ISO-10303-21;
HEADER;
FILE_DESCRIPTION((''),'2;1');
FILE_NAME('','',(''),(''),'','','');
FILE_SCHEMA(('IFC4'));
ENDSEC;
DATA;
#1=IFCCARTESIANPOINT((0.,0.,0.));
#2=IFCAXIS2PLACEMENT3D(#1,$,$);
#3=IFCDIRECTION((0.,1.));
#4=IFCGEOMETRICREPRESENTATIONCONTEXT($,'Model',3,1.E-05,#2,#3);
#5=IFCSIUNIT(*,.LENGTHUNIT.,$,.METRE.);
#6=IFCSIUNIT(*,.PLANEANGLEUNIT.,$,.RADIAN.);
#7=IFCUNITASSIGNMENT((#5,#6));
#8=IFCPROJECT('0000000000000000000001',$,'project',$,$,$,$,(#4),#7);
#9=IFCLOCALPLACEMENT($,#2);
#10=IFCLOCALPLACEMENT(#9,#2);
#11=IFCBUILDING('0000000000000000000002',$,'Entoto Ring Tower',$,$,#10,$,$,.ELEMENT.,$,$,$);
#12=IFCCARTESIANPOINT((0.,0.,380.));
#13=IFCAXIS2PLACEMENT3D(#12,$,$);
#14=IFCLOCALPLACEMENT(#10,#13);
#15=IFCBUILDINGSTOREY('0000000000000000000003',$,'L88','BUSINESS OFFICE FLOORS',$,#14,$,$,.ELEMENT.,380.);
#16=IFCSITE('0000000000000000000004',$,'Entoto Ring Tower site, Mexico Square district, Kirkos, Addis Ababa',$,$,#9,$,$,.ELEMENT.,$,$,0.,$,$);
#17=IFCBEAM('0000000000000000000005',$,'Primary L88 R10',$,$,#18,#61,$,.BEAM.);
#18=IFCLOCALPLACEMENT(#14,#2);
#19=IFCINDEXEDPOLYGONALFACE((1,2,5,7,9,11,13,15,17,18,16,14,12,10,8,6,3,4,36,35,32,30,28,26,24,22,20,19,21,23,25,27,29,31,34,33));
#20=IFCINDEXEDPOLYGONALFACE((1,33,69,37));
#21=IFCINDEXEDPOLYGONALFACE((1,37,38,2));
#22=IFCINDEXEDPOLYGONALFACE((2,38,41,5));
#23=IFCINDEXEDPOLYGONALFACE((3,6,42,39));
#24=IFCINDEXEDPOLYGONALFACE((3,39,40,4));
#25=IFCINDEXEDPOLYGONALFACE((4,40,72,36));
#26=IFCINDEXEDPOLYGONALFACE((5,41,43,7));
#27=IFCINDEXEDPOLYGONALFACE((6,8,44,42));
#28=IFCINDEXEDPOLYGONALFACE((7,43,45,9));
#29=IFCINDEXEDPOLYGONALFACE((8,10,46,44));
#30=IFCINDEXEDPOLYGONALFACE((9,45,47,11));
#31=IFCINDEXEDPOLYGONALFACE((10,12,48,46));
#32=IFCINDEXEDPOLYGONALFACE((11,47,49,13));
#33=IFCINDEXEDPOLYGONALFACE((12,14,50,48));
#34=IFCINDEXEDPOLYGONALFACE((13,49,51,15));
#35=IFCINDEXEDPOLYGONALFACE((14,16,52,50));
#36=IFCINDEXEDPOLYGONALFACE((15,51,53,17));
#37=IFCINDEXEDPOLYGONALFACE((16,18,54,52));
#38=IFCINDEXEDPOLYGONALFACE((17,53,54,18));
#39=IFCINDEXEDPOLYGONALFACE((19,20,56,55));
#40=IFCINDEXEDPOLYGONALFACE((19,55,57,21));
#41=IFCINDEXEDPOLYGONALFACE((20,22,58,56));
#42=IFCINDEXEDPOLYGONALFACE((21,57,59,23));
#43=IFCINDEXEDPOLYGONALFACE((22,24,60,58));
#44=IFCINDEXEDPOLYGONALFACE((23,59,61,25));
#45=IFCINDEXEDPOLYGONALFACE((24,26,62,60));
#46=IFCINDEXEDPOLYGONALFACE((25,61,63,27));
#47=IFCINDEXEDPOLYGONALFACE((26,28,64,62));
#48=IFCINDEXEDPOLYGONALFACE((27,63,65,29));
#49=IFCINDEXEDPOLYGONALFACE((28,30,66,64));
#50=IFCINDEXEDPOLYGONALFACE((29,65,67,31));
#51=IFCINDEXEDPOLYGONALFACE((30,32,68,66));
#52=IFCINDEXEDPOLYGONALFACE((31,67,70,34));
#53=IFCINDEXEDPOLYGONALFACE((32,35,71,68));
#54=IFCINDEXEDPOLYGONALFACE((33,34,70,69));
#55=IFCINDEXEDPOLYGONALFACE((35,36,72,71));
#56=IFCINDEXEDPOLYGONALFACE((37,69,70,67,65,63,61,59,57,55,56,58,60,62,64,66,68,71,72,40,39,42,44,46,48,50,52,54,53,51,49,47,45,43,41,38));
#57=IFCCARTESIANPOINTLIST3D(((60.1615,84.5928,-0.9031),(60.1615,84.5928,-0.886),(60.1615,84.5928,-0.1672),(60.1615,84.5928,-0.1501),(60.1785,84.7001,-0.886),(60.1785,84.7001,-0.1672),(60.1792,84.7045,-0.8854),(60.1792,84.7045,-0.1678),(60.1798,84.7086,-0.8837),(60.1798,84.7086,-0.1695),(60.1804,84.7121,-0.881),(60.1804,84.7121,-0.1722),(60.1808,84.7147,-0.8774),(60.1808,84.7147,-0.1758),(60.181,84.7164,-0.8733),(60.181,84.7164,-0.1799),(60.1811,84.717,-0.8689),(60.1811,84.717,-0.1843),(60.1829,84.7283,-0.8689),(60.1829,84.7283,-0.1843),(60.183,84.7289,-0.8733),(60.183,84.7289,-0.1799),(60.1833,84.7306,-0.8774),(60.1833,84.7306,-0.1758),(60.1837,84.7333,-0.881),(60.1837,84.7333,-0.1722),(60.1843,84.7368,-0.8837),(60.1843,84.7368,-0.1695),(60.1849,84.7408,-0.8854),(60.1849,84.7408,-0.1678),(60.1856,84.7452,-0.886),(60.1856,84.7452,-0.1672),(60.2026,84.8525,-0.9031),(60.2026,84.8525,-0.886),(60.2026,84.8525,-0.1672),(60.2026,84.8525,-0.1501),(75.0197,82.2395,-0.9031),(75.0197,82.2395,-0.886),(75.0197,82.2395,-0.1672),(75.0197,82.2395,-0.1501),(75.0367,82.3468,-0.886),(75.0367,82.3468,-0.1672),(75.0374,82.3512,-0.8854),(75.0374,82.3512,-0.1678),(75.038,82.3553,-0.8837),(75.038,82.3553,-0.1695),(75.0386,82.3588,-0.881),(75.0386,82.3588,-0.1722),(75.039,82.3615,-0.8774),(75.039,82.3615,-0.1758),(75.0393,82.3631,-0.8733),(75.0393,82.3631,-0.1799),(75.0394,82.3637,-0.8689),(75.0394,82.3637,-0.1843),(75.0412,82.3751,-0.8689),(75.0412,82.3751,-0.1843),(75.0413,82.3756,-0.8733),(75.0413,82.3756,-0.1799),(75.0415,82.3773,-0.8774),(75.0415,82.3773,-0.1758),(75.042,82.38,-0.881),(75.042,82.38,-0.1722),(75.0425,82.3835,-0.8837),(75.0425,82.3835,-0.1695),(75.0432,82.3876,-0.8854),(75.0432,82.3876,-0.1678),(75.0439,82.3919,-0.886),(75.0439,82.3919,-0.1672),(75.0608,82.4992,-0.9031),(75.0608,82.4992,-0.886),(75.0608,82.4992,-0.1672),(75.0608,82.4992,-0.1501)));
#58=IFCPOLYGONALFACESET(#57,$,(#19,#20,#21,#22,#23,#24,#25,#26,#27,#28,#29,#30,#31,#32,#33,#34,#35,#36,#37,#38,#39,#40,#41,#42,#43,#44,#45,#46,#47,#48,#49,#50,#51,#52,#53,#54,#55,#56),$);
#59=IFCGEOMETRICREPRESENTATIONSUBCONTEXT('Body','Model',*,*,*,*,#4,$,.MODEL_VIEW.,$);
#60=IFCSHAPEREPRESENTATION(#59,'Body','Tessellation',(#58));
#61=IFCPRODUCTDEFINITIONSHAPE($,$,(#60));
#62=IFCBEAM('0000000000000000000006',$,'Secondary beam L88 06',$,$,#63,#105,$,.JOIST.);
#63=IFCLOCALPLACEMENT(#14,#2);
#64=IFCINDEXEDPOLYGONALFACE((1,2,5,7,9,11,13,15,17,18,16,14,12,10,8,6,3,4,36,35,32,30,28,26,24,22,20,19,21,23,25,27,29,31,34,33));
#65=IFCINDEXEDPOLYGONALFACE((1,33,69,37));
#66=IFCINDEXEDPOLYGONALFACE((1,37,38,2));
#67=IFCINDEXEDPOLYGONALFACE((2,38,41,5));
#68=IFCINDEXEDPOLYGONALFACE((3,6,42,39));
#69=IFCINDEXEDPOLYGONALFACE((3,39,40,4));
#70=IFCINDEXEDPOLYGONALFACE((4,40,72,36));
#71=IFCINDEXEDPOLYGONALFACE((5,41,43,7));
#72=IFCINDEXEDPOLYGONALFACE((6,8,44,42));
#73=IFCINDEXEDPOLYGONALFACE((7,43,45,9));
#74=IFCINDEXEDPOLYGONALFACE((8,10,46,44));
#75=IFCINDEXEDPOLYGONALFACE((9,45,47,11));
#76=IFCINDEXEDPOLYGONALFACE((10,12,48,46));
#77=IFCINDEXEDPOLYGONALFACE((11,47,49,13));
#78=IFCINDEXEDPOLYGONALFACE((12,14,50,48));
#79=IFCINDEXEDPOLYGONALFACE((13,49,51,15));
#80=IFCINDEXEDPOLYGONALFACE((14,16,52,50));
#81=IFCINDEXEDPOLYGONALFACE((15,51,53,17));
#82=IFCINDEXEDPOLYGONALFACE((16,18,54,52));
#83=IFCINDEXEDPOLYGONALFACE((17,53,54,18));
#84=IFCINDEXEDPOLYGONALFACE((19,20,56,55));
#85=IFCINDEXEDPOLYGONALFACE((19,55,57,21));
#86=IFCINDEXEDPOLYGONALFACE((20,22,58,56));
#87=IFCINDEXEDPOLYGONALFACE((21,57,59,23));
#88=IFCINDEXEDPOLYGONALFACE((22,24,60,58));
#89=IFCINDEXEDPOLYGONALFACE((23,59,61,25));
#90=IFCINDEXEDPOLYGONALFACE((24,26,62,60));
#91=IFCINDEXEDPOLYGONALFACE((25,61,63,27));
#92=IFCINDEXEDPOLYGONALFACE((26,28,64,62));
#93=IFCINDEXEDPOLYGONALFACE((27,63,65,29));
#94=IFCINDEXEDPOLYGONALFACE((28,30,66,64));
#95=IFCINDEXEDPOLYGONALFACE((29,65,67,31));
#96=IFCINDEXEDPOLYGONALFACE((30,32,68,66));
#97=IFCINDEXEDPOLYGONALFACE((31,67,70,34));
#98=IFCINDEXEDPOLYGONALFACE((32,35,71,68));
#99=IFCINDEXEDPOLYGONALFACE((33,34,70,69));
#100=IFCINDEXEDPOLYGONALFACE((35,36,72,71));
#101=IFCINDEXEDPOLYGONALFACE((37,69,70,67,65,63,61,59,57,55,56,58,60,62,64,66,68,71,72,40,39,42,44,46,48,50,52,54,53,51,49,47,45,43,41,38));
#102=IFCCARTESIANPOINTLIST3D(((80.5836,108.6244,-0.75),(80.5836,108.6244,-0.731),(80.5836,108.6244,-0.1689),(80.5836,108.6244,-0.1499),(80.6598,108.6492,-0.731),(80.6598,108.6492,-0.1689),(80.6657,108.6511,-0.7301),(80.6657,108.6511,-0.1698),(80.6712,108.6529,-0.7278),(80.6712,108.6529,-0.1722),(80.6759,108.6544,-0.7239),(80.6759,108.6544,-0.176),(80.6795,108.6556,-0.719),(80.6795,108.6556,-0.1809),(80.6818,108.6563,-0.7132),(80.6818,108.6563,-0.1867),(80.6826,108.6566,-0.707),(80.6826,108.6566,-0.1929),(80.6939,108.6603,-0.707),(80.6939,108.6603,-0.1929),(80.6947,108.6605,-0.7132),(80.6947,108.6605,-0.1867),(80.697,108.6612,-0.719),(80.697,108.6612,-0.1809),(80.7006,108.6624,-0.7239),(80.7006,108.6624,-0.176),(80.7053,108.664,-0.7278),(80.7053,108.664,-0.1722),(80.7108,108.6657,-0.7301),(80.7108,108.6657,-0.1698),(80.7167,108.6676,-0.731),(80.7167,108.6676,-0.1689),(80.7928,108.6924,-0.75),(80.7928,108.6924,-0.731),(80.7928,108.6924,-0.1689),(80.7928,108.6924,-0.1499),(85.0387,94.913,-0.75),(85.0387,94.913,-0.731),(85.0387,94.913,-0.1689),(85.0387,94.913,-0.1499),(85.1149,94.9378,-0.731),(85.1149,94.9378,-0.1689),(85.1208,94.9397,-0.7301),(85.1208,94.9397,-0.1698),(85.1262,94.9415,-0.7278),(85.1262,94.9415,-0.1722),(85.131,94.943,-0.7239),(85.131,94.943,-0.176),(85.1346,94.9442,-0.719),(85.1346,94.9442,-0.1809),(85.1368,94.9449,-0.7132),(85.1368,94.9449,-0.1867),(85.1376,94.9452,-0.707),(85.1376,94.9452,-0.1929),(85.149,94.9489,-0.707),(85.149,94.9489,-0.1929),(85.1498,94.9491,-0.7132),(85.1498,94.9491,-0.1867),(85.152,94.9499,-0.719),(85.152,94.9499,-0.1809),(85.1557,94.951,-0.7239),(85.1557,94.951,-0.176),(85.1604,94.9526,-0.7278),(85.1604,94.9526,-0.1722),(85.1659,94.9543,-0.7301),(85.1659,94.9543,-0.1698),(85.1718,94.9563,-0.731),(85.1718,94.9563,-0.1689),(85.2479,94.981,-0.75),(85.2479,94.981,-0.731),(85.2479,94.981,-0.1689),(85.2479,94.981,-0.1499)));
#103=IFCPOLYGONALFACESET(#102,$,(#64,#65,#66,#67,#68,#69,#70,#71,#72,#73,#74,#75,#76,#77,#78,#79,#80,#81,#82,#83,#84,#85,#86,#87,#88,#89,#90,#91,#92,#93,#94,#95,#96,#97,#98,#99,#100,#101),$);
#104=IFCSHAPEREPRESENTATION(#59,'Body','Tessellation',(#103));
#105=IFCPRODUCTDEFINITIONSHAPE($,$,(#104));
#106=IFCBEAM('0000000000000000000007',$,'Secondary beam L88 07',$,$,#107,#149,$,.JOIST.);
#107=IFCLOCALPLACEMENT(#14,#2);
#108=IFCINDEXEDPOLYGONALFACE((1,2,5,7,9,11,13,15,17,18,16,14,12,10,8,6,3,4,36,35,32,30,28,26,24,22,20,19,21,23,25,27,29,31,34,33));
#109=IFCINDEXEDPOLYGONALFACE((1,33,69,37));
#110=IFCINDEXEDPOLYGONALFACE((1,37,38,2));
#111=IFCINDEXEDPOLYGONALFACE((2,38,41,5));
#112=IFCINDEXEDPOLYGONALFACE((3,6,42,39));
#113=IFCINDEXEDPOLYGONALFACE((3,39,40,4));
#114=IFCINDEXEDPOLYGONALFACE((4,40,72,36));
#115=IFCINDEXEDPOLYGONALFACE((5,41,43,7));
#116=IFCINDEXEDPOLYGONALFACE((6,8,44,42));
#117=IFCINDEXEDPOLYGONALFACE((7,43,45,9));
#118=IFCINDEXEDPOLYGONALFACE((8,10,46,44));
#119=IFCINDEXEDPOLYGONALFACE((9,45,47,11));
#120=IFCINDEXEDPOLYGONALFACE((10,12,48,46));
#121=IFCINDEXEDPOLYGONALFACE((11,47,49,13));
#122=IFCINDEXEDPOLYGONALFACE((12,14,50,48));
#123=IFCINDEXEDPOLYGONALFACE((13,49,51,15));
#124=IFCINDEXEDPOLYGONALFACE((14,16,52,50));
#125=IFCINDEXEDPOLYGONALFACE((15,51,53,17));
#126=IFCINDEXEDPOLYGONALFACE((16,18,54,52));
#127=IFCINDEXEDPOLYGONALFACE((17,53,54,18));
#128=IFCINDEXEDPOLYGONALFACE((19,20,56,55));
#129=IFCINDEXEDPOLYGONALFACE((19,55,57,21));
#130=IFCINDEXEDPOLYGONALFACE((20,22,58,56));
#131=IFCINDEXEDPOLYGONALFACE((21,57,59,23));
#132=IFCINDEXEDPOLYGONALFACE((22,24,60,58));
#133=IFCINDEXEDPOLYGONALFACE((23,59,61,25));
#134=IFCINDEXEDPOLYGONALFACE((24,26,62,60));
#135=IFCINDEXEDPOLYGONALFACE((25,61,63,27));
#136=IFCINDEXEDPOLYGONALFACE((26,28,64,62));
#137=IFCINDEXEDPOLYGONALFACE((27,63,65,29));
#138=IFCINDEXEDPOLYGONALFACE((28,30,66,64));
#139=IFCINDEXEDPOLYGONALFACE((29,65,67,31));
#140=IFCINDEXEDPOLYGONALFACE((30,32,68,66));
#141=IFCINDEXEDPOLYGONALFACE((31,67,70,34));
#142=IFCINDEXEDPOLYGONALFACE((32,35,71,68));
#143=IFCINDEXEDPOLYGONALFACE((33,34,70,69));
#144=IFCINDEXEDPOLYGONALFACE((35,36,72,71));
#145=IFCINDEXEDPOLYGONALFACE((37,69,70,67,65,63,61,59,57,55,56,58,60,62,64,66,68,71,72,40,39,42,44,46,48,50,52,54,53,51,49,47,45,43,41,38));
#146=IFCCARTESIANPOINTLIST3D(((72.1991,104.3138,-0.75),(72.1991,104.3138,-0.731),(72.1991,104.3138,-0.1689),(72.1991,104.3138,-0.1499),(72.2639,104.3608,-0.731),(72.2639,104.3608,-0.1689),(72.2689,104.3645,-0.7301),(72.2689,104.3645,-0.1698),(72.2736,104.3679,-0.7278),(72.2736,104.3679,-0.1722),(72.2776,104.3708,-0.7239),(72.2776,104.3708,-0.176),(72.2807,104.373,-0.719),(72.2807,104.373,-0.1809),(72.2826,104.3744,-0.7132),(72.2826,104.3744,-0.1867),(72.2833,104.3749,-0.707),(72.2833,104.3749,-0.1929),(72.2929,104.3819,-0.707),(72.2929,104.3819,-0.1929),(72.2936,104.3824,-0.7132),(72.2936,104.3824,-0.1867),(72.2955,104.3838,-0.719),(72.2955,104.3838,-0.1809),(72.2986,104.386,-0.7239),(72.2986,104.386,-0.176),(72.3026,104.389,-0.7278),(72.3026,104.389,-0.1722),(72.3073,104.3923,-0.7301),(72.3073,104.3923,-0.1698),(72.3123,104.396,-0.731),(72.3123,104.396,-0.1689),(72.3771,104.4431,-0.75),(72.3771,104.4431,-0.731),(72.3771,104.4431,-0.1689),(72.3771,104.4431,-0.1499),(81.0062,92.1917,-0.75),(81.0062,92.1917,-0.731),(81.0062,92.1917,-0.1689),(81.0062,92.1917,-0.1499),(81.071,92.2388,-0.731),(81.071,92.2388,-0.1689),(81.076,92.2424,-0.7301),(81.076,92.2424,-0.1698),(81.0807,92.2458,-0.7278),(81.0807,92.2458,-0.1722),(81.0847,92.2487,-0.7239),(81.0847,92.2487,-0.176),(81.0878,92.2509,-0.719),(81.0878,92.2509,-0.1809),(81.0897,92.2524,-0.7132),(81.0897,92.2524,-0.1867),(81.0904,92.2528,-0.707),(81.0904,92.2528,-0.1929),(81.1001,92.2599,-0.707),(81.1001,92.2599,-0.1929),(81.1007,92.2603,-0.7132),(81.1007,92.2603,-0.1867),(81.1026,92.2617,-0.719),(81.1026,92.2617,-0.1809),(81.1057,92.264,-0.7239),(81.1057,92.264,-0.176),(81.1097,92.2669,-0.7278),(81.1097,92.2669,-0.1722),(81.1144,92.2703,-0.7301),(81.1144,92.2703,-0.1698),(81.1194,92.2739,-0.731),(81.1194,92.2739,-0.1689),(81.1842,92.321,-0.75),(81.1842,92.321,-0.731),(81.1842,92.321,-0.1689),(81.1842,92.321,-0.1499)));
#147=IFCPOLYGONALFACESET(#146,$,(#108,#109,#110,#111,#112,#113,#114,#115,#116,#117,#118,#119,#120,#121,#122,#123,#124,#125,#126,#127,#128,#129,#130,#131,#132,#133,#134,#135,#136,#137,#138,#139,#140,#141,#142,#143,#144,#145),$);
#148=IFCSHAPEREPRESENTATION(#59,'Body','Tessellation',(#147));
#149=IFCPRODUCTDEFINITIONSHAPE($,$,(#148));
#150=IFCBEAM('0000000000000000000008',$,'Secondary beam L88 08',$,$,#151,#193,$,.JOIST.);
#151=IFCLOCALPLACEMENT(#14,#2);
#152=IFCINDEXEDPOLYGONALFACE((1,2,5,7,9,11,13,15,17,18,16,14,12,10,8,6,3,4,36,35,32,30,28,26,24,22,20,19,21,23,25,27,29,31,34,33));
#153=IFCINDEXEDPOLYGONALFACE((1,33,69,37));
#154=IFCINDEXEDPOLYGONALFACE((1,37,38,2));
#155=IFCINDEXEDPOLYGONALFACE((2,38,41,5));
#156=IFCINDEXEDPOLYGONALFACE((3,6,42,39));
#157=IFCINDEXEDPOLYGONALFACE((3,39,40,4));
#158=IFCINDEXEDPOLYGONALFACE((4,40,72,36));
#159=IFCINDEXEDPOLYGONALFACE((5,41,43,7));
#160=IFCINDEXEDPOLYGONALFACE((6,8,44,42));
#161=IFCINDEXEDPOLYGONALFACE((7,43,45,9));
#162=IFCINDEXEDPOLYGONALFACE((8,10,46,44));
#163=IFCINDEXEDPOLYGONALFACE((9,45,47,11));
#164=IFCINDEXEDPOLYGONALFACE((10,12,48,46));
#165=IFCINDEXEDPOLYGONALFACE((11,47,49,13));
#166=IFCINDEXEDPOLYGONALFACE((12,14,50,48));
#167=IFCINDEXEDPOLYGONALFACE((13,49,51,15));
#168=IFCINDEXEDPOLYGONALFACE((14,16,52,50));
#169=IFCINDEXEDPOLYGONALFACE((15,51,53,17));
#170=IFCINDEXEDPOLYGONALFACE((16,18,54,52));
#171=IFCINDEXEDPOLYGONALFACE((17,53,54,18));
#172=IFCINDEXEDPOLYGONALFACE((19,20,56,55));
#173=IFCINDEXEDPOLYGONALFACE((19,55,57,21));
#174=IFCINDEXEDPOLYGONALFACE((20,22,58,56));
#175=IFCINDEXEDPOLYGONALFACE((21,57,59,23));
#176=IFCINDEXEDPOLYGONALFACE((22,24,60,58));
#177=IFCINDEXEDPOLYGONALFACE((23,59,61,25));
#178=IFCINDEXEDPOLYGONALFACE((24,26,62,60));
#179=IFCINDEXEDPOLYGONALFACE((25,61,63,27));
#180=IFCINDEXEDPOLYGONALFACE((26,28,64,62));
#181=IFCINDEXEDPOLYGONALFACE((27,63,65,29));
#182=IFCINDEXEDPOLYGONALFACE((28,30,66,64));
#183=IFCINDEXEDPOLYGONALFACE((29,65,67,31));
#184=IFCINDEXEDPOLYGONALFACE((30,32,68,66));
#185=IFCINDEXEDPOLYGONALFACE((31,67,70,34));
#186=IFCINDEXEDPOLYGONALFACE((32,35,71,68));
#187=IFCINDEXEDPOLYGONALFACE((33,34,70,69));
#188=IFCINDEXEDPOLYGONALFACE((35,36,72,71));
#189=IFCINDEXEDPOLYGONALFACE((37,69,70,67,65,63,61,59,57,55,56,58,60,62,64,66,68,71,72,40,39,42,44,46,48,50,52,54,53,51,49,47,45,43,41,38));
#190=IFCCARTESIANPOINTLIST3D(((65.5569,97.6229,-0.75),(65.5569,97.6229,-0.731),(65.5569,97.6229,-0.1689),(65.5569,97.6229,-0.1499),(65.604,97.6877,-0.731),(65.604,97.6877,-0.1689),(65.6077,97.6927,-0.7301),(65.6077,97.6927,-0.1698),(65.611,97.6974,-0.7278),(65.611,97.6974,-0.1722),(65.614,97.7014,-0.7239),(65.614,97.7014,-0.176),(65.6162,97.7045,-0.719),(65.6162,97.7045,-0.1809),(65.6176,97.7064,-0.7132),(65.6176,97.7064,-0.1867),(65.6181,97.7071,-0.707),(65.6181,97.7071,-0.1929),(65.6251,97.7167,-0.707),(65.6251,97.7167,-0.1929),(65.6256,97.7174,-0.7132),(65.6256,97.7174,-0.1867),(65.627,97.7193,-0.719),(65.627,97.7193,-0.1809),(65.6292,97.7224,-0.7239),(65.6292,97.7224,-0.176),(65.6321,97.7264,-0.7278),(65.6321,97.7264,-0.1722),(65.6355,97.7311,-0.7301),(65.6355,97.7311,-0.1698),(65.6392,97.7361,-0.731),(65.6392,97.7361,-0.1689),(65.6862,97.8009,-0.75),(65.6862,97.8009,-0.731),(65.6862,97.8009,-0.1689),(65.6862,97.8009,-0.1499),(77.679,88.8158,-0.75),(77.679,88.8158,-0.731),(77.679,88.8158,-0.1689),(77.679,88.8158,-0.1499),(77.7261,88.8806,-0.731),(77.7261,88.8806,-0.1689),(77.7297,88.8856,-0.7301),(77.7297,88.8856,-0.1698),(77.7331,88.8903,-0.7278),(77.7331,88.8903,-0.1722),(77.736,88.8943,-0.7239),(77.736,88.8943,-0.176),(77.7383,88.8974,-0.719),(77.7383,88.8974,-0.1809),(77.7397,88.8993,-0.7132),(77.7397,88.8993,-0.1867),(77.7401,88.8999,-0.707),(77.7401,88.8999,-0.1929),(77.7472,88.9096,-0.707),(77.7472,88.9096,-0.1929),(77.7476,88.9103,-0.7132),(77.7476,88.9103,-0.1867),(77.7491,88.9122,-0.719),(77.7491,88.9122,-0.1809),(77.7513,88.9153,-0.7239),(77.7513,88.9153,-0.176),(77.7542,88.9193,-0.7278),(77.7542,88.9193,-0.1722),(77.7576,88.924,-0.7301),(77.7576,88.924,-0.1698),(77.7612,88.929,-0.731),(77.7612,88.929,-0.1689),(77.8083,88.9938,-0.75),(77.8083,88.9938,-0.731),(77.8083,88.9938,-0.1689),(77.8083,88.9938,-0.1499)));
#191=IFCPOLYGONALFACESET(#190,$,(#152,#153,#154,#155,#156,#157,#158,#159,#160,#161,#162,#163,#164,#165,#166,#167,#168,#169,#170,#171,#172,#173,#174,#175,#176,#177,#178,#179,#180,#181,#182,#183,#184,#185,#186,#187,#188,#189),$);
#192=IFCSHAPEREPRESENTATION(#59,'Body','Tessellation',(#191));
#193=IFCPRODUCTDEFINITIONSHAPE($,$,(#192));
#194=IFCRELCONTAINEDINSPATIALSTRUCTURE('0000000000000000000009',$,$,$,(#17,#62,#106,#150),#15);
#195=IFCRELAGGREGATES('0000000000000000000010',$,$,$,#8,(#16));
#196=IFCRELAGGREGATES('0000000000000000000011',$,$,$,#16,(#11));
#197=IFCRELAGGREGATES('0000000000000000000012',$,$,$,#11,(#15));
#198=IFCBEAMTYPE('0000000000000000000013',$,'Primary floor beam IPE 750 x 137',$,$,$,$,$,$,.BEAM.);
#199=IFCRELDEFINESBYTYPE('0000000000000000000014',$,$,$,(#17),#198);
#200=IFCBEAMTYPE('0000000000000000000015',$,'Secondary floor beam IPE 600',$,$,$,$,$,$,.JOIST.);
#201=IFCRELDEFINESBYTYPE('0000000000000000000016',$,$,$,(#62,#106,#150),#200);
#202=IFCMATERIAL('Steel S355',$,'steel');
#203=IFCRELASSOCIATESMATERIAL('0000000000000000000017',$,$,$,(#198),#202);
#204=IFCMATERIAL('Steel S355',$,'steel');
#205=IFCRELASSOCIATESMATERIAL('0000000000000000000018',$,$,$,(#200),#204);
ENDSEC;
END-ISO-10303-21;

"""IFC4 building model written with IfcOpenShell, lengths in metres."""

from ifc_helpers import new_model, si_unit, direction, frame, origin, origin_2d, place, context, subcontext, project, spatial, i_section, extrude, material, material_profile, profile_set, type_object, element, save


model = new_model("IFC4")

# Units and contexts
model_context = context("Model", 3, precision=1e-05, world=origin(), true_north=direction((0.0, 1.0)))
body_context = subcontext(model_context, "Body", "Model", "MODEL_VIEW")
ifc_project = project(units=[si_unit("LENGTHUNIT", "METRE"), si_unit("PLANEANGLEUNIT", "RADIAN")], contexts=[model_context])

# Site, building, storey
site_placement = place(None, origin())
site = spatial("IfcSite", under=ifc_project, at=site_placement, Name="Entoto Ring Tower site, Mexico Square district, Kirkos, Addis Ababa", CompositionType="ELEMENT", RefElevation=0.0)
building_placement = place(site_placement, origin())
building = spatial("IfcBuilding", under=site, at=building_placement, Name="Entoto Ring Tower", CompositionType="ELEMENT")
storey_placement = place(building_placement, frame((0.0, 0.0, 380.0)))
storey = spatial("IfcBuildingStorey", under=building, at=storey_placement, Name="L88", Description="BUSINESS OFFICE FLOORS", CompositionType="ELEMENT", Elevation=380.0)

# Beams
ifc_material_1 = material(Name="Steel S355", Category="steel")
ifc_material_profile_1 = material_profile(ifc_material_1, i_section(OverallWidth=0.2629, OverallDepth=0.7529, WebThickness=0.0115, FlangeThickness=0.0171, FilletRadius=0.0171, at=origin_2d()), Name="IPE 750 x 137")
ifc_profile_set_1 = profile_set([ifc_material_profile_1], Name="Steel S355")
beam_type_1 = type_object("IfcBeamType", Name="Primary floor beam IPE 750 x 137", PredefinedType="BEAM", material=ifc_profile_set_1)
beam_1_placement = place(storey_placement, frame((75.0403, 82.3694, -0.5266), z_axis=(-0.987689, 0.156433, 0.0), x_axis=(-0.156433, -0.987689, 0.0)))
element("IfcBeam", 1, at=beam_1_placement, inside=storey, type_object=beam_type_1, Name="Primary L88 R10", PredefinedType="BEAM", context=body_context, shape_type="SweptSolid", body=[
    extrude(i_section(OverallWidth=0.2629, OverallDepth=0.7529, WebThickness=0.0115, FlangeThickness=0.0171, FilletRadius=0.0171, at=origin_2d()), origin(), (0.0, 0.0, 1.0), 15.0435),
])
ifc_material_2 = material(Name="Steel S355", Category="steel")
ifc_material_profile_2 = material_profile(ifc_material_2, i_section(OverallWidth=0.22, OverallDepth=0.6001, WebThickness=0.012, FlangeThickness=0.019, FilletRadius=0.0239, at=origin_2d()), Name="IPE 600")
ifc_profile_set_2 = profile_set([ifc_material_profile_2], Name="Steel S355")
beam_type_2 = type_object("IfcBeamType", Name="Secondary floor beam IPE 600", PredefinedType="JOIST", material=ifc_profile_set_2)
beam_2_placement = place(storey_placement, frame((85.1433, 94.947, -0.45), z_axis=(-0.309015, 0.951057, 0.0), x_axis=(-0.951057, -0.309015, 0.0)))
element("IfcBeam", 2, at=beam_2_placement, inside=storey, type_object=beam_type_2, Name="Secondary beam L88 06", PredefinedType="JOIST", context=body_context, shape_type="SweptSolid", body=[
    extrude(i_section(OverallWidth=0.22, OverallDepth=0.6001, WebThickness=0.012, FlangeThickness=0.019, FilletRadius=0.0239, at=origin_2d()), origin(), (0.0, 0.0, 1.0), 14.417),
])
for number, where, z_axis, x_axis, name in (
    (3, (81.0952, 92.2563, -0.45), (-0.587782, 0.809019, 0.0), (-0.809019, -0.587782, 0.0), "Secondary beam L88 07"),
    (4, (77.7437, 88.9048, -0.45), (-0.809019, 0.587782, 0.0), (-0.587782, -0.809019, 0.0), "Secondary beam L88 08"),
):
    element("IfcBeam", number, at=place(storey_placement, frame(where, z_axis=z_axis, x_axis=x_axis)), inside=storey, type_object=beam_type_2, Name=name, PredefinedType="JOIST", context=body_context, shape_type="SweptSolid", body=[
        extrude(i_section(OverallWidth=0.22, OverallDepth=0.6001, WebThickness=0.012, FlangeThickness=0.019, FilletRadius=0.0239, at=origin_2d()), origin(), (0.0, 0.0, 1.0), 14.9836),
    ])

save(model, "model.ifc")
